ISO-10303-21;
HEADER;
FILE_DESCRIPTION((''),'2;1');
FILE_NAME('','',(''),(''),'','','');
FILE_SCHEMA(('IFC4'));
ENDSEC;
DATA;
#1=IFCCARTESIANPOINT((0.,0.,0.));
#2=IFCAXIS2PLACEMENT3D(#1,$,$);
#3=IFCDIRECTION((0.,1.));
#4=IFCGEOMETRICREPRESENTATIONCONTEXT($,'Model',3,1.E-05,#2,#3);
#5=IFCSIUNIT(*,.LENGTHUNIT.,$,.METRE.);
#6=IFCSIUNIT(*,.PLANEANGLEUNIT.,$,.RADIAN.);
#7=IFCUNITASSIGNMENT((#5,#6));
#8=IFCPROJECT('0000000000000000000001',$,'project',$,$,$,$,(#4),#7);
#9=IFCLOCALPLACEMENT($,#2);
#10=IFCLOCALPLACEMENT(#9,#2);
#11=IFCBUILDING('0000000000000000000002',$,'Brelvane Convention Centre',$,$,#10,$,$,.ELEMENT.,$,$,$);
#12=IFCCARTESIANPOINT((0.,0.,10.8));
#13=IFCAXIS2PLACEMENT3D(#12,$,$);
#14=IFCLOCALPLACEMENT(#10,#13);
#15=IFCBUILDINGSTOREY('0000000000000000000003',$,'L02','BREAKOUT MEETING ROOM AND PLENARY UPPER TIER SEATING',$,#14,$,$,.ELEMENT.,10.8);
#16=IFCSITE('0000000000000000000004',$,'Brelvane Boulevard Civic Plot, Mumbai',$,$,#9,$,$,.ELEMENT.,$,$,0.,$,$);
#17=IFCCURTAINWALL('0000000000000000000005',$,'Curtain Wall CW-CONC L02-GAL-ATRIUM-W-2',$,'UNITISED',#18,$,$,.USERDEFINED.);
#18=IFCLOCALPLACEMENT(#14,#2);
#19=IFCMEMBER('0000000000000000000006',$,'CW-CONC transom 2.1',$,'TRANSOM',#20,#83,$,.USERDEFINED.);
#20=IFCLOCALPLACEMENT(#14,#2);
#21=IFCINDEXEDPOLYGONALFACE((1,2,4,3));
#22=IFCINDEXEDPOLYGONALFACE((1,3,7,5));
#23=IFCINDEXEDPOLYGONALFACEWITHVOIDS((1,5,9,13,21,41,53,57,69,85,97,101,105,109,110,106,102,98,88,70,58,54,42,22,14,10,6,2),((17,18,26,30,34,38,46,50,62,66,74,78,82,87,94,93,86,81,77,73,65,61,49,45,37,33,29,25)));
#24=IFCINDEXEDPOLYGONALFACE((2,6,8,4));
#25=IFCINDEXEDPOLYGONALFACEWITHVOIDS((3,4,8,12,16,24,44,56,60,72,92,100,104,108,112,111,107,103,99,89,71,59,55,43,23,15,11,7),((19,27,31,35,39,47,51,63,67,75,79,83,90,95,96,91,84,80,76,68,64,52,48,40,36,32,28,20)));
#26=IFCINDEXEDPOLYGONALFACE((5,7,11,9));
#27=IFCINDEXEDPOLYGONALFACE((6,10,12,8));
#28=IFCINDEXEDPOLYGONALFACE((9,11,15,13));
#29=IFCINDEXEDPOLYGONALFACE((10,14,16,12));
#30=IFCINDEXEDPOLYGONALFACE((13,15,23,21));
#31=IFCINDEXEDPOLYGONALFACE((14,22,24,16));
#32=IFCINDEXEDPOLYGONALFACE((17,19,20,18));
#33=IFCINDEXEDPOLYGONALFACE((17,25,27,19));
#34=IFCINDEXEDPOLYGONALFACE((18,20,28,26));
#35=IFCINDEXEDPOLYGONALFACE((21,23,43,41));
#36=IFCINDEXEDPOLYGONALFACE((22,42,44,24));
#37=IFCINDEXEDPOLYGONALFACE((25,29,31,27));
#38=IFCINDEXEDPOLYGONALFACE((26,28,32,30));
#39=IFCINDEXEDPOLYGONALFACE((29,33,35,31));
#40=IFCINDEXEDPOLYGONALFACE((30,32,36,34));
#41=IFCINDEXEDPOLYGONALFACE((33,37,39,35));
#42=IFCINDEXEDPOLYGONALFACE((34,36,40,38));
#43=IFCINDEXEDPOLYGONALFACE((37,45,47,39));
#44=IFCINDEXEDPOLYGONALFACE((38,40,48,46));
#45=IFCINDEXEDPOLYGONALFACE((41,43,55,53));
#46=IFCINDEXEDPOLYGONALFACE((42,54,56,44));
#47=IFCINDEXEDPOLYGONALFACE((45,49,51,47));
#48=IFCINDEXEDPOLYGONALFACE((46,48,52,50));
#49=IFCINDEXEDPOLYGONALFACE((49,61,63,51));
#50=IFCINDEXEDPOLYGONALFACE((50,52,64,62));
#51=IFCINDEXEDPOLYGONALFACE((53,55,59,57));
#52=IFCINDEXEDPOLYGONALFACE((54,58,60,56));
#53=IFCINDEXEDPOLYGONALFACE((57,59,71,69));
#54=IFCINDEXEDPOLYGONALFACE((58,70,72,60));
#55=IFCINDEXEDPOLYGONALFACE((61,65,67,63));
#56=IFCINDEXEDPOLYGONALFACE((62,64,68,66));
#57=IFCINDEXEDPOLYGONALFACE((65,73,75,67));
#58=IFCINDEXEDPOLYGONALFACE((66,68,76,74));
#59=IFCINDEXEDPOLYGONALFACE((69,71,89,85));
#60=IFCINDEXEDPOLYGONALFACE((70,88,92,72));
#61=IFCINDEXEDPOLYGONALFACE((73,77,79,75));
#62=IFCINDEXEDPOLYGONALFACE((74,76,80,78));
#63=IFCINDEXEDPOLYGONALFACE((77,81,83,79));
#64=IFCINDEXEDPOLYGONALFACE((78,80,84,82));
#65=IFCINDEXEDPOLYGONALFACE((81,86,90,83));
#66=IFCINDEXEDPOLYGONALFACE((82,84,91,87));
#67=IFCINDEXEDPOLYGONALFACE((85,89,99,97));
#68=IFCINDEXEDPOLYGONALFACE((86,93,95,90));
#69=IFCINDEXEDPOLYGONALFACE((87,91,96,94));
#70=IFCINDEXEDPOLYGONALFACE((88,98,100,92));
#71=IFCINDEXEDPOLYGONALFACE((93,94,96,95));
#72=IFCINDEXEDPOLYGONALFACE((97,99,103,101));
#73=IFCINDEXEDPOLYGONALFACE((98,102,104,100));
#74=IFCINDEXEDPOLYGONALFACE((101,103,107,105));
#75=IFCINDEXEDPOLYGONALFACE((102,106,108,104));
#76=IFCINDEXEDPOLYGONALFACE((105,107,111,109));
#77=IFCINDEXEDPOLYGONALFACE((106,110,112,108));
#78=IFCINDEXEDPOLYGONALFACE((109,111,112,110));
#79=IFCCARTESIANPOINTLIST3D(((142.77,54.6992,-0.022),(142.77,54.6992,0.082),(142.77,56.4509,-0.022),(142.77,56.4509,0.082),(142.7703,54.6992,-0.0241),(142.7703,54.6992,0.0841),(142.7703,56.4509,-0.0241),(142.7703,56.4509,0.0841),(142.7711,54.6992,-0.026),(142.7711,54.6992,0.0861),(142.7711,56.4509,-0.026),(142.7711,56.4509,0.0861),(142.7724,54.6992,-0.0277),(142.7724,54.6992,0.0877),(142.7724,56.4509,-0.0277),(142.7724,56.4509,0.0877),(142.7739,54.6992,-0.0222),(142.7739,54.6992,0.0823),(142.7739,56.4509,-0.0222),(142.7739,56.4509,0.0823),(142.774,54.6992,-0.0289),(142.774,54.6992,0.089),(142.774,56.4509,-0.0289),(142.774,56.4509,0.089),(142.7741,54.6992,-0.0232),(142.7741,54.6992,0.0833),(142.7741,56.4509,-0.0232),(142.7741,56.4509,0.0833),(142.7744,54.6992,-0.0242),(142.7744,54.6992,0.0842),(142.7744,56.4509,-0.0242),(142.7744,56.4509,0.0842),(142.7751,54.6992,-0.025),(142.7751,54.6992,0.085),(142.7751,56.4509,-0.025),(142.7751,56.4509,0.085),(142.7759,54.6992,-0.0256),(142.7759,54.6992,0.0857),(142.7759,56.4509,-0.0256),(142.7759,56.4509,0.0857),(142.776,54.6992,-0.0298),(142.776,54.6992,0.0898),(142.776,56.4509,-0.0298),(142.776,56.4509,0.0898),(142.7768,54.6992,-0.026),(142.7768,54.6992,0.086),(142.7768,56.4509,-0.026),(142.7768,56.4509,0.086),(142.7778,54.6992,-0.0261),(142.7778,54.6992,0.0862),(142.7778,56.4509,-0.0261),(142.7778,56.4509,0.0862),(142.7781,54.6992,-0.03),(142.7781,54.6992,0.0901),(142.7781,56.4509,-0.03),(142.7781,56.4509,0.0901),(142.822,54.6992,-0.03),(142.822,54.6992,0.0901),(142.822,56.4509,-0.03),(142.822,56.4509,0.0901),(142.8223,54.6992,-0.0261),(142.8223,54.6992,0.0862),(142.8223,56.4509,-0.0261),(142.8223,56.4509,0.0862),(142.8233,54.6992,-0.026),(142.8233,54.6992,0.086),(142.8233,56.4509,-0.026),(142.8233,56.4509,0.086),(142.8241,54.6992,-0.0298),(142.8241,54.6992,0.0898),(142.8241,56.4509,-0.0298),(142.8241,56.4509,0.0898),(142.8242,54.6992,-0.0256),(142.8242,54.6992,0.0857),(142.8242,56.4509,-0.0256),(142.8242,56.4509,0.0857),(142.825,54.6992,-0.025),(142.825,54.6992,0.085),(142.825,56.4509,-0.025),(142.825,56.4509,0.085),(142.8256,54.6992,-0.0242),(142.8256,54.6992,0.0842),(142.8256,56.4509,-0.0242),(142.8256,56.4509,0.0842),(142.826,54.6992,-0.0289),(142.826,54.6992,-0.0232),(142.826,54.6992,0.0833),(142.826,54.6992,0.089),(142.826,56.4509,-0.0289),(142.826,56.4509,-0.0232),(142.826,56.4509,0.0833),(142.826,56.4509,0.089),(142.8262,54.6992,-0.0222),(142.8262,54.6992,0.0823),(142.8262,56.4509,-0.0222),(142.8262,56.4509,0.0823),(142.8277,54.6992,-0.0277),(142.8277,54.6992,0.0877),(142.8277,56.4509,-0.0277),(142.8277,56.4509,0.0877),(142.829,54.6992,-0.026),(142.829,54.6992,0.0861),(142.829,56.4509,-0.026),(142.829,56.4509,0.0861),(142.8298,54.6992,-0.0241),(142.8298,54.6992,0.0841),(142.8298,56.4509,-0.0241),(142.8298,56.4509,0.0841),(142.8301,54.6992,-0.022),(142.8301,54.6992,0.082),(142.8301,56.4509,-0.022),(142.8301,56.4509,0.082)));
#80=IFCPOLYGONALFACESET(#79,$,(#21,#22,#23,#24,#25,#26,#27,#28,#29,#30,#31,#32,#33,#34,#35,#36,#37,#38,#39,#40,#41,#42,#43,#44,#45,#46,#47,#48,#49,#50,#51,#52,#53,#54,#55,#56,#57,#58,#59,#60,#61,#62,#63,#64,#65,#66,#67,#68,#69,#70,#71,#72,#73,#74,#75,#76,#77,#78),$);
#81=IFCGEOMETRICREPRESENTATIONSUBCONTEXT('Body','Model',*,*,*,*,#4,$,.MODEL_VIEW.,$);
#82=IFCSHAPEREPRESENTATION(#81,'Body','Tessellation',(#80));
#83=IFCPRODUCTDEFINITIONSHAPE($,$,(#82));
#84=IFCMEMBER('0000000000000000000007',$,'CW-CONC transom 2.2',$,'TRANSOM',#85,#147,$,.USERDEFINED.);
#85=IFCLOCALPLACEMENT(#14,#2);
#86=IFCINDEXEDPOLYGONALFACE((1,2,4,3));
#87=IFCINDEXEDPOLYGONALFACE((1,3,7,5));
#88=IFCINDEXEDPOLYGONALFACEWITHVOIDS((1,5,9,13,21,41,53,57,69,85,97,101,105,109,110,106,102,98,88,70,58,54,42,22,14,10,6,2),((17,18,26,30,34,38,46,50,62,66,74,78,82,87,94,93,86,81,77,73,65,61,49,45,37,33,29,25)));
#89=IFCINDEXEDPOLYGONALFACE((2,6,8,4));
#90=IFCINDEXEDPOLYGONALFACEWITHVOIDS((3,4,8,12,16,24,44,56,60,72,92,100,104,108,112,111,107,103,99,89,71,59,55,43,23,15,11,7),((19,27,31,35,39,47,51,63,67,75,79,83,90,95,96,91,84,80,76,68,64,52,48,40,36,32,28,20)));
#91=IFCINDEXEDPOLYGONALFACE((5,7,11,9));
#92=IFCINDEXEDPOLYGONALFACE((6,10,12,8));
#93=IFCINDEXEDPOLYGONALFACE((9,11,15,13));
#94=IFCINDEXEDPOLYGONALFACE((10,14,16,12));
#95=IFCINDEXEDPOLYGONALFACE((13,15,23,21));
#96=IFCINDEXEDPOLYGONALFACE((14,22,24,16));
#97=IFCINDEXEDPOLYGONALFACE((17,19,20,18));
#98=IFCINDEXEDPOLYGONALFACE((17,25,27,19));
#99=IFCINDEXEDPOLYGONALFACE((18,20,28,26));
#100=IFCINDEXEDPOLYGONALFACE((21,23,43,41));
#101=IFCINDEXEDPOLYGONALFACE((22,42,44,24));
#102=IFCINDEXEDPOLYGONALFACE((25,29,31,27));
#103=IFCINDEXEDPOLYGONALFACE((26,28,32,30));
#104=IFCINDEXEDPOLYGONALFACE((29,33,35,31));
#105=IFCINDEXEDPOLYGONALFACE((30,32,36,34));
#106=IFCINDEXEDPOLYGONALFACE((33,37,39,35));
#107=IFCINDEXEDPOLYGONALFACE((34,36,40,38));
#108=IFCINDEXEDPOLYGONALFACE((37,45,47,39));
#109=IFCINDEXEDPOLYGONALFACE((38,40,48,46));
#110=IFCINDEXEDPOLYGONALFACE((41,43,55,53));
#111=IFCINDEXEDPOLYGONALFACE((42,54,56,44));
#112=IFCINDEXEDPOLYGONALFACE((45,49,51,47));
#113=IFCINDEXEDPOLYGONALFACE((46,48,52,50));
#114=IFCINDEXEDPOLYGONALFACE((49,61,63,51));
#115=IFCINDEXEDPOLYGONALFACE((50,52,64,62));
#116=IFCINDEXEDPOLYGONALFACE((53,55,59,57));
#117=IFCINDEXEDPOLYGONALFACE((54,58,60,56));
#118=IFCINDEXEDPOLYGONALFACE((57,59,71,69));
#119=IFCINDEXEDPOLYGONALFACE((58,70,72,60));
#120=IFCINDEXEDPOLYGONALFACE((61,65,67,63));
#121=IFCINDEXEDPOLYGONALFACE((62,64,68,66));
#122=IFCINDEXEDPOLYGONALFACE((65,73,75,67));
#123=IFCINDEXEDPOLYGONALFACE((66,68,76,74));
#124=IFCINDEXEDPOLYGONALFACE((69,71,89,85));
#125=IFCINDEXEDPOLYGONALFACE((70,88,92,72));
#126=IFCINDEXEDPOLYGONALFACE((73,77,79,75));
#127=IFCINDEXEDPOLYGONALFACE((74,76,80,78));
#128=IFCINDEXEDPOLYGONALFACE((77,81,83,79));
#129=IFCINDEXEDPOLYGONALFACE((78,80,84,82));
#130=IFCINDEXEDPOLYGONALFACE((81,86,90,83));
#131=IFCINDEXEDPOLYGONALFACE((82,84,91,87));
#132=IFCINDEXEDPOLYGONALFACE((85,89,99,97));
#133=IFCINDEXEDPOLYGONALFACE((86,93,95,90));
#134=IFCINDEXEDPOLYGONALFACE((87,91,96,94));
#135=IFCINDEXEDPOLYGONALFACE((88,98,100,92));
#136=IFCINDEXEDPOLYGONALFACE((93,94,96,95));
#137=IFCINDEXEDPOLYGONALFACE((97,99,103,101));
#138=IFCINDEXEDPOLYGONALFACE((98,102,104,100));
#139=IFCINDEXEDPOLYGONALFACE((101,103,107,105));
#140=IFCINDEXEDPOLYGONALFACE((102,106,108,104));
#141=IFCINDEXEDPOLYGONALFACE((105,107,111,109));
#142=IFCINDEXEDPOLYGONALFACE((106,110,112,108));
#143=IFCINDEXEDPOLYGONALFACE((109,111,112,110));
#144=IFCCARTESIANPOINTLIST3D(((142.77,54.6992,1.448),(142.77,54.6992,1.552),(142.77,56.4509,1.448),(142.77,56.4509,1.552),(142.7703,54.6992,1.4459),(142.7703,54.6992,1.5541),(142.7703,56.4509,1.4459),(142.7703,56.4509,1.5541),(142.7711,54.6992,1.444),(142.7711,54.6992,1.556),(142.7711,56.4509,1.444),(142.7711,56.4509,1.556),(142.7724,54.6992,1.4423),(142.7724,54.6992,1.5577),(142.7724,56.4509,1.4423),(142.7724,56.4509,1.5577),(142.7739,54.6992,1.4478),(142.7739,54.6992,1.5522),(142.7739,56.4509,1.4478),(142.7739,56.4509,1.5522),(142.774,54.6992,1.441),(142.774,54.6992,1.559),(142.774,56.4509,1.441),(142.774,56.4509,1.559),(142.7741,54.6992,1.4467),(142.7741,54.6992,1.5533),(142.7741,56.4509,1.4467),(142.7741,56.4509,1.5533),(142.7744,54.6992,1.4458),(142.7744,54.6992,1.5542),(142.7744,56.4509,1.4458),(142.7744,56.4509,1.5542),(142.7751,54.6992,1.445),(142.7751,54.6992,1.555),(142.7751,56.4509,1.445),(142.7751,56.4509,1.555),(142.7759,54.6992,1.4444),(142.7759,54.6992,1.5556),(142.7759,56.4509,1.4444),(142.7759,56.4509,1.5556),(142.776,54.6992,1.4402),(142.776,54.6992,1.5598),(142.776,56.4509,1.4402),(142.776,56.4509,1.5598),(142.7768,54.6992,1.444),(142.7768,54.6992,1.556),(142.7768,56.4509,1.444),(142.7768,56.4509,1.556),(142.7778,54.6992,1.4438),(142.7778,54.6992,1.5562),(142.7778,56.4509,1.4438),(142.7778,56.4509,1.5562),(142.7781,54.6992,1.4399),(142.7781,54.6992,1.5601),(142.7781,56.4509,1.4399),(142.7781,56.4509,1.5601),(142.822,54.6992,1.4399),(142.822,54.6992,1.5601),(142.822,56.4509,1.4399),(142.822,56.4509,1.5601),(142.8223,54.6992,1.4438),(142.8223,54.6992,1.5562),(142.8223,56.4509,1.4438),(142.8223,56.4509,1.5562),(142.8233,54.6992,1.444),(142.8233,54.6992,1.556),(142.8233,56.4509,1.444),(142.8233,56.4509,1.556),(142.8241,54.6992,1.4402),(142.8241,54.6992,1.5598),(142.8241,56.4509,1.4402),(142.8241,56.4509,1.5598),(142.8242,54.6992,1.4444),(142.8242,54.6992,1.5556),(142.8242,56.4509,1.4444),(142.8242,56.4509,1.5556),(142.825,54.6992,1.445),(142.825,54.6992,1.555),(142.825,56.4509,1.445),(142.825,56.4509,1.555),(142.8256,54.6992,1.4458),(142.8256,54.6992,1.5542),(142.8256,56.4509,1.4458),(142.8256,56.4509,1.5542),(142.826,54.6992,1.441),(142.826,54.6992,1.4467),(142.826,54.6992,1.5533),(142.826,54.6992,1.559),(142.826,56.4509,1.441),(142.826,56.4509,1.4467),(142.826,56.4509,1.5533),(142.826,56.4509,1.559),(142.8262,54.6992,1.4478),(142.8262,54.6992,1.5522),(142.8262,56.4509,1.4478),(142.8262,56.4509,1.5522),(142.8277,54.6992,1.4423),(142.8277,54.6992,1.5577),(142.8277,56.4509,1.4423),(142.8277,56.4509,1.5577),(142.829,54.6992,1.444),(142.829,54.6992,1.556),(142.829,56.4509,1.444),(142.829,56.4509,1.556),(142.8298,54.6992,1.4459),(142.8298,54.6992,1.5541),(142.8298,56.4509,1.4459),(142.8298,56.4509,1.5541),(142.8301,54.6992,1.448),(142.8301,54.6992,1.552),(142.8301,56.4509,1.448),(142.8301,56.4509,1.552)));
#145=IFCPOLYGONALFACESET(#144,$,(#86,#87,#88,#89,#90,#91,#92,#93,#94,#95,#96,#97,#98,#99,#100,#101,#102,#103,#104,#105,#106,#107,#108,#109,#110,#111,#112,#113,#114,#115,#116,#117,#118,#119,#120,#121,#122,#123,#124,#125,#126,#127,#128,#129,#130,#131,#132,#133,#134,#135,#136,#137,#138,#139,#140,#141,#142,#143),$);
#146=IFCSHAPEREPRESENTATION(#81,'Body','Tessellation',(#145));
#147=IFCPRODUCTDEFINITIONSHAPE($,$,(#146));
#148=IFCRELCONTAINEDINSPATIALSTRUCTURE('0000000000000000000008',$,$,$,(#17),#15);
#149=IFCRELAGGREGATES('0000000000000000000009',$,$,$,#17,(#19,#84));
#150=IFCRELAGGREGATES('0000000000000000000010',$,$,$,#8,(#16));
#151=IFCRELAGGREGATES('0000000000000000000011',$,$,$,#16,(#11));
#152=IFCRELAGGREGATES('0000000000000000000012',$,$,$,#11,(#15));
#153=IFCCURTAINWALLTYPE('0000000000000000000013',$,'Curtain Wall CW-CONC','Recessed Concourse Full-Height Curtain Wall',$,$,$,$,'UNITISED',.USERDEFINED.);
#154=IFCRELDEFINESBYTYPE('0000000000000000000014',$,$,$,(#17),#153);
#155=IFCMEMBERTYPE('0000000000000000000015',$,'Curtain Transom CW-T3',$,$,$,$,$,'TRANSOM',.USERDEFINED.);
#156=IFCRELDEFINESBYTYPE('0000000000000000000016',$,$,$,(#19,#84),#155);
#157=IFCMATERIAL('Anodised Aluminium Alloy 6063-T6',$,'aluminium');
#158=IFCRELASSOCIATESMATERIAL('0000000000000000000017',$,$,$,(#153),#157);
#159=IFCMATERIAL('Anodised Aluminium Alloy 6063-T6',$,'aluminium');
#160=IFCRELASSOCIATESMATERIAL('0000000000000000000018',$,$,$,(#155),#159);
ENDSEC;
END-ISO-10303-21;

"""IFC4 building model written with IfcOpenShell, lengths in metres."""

from ifc_helpers import new_model, si_unit, direction, frame, origin, origin_2d, place, context, subcontext, project, spatial, hollow_rectangle, extrude, material, material_profile, profile_set, type_object, element, aggregate, save


model = new_model("IFC4")

# Units and contexts
model_context = context("Model", 3, precision=1e-05, world=origin(), true_north=direction((0.0, 1.0)))
body_context = subcontext(model_context, "Body", "Model", "MODEL_VIEW")
ifc_project = project(units=[si_unit("LENGTHUNIT", "METRE"), si_unit("PLANEANGLEUNIT", "RADIAN")], contexts=[model_context])

# Site, building, storey
site_placement = place(None, origin())
site = spatial("IfcSite", under=ifc_project, at=site_placement, Name="Brelvane Boulevard Civic Plot, Mumbai", CompositionType="ELEMENT", RefElevation=0.0)
building_placement = place(site_placement, origin())
building = spatial("IfcBuilding", under=site, at=building_placement, Name="Brelvane Convention Centre", CompositionType="ELEMENT")
storey_placement = place(building_placement, frame((0.0, 0.0, 10.8)))
storey = spatial("IfcBuildingStorey", under=building, at=storey_placement, Name="L02", Description="BREAKOUT MEETING ROOM AND PLENARY UPPER TIER SEATING", CompositionType="ELEMENT", Elevation=10.8)

# Curtain wall
ifc_material_1 = material(Name="Anodised Aluminium Alloy 6063-T6", Category="aluminium")
curtain_wall_type = type_object("IfcCurtainWallType", Name="Curtain Wall CW-CONC", Description="Recessed Concourse Full-Height Curtain Wall", ElementType="UNITISED", PredefinedType="USERDEFINED", material=ifc_material_1)
curtain_wall_1_placement = place(storey_placement, origin())
curtain_wall_1 = element("IfcCurtainWall", 1, at=curtain_wall_1_placement, inside=storey, type_object=curtain_wall_type, Name="Curtain Wall CW-CONC L02-GAL-ATRIUM-W-2", ObjectType="UNITISED", PredefinedType="USERDEFINED")

# Members
ifc_material_2 = material(Name="Anodised Aluminium Alloy 6063-T6", Category="aluminium")
ifc_material_profile_1 = material_profile(ifc_material_2, hollow_rectangle(XDim=0.0601, YDim=0.1201, WallThickness=0.0039, InnerFilletRadius=0.0039, OuterFilletRadius=0.0081, at=origin_2d()), Name="ALU-T 120x60x4.0")
ifc_profile_set_1 = profile_set([ifc_material_profile_1], Name="Anodised Aluminium Alloy 6063-T6")
member_type_1 = type_object("IfcMemberType", Name="Curtain Transom CW-T3", ElementType="TRANSOM", PredefinedType="USERDEFINED", material=ifc_profile_set_1)
member_1_placement = place(storey_placement, frame((142.8, 54.6992, 0.03), z_axis=(0.0, 1.0, 0.0), x_axis=(-1.0, 0.0, 0.0)))
member_1 = element("IfcMember", 2, at=member_1_placement, type_object=member_type_1, Name="CW-CONC transom 2.1", ObjectType="TRANSOM", PredefinedType="USERDEFINED", context=body_context, shape_type="SweptSolid", body=[
    extrude(hollow_rectangle(XDim=0.0601, YDim=0.1201, WallThickness=0.0039, InnerFilletRadius=0.0039, OuterFilletRadius=0.0081, at=origin_2d()), origin(), (0.0, 0.0, 1.0), 1.7517),
])
member_2_placement = place(storey_placement, frame((142.8, 54.6992, 1.5), z_axis=(0.0, 1.0, 0.0), x_axis=(-1.0, 0.0, 0.0)))
member_2 = element("IfcMember", 3, at=member_2_placement, type_object=member_type_1, Name="CW-CONC transom 2.2", ObjectType="TRANSOM", PredefinedType="USERDEFINED", context=body_context, shape_type="SweptSolid", body=[
    extrude(hollow_rectangle(XDim=0.0601, YDim=0.1201, WallThickness=0.0039, InnerFilletRadius=0.0039, OuterFilletRadius=0.0081, at=origin_2d()), origin(), (0.0, 0.0, 1.0), 1.7517),
])

aggregate(curtain_wall_1, [member_1, member_2])

save(model, "model.ifc")
